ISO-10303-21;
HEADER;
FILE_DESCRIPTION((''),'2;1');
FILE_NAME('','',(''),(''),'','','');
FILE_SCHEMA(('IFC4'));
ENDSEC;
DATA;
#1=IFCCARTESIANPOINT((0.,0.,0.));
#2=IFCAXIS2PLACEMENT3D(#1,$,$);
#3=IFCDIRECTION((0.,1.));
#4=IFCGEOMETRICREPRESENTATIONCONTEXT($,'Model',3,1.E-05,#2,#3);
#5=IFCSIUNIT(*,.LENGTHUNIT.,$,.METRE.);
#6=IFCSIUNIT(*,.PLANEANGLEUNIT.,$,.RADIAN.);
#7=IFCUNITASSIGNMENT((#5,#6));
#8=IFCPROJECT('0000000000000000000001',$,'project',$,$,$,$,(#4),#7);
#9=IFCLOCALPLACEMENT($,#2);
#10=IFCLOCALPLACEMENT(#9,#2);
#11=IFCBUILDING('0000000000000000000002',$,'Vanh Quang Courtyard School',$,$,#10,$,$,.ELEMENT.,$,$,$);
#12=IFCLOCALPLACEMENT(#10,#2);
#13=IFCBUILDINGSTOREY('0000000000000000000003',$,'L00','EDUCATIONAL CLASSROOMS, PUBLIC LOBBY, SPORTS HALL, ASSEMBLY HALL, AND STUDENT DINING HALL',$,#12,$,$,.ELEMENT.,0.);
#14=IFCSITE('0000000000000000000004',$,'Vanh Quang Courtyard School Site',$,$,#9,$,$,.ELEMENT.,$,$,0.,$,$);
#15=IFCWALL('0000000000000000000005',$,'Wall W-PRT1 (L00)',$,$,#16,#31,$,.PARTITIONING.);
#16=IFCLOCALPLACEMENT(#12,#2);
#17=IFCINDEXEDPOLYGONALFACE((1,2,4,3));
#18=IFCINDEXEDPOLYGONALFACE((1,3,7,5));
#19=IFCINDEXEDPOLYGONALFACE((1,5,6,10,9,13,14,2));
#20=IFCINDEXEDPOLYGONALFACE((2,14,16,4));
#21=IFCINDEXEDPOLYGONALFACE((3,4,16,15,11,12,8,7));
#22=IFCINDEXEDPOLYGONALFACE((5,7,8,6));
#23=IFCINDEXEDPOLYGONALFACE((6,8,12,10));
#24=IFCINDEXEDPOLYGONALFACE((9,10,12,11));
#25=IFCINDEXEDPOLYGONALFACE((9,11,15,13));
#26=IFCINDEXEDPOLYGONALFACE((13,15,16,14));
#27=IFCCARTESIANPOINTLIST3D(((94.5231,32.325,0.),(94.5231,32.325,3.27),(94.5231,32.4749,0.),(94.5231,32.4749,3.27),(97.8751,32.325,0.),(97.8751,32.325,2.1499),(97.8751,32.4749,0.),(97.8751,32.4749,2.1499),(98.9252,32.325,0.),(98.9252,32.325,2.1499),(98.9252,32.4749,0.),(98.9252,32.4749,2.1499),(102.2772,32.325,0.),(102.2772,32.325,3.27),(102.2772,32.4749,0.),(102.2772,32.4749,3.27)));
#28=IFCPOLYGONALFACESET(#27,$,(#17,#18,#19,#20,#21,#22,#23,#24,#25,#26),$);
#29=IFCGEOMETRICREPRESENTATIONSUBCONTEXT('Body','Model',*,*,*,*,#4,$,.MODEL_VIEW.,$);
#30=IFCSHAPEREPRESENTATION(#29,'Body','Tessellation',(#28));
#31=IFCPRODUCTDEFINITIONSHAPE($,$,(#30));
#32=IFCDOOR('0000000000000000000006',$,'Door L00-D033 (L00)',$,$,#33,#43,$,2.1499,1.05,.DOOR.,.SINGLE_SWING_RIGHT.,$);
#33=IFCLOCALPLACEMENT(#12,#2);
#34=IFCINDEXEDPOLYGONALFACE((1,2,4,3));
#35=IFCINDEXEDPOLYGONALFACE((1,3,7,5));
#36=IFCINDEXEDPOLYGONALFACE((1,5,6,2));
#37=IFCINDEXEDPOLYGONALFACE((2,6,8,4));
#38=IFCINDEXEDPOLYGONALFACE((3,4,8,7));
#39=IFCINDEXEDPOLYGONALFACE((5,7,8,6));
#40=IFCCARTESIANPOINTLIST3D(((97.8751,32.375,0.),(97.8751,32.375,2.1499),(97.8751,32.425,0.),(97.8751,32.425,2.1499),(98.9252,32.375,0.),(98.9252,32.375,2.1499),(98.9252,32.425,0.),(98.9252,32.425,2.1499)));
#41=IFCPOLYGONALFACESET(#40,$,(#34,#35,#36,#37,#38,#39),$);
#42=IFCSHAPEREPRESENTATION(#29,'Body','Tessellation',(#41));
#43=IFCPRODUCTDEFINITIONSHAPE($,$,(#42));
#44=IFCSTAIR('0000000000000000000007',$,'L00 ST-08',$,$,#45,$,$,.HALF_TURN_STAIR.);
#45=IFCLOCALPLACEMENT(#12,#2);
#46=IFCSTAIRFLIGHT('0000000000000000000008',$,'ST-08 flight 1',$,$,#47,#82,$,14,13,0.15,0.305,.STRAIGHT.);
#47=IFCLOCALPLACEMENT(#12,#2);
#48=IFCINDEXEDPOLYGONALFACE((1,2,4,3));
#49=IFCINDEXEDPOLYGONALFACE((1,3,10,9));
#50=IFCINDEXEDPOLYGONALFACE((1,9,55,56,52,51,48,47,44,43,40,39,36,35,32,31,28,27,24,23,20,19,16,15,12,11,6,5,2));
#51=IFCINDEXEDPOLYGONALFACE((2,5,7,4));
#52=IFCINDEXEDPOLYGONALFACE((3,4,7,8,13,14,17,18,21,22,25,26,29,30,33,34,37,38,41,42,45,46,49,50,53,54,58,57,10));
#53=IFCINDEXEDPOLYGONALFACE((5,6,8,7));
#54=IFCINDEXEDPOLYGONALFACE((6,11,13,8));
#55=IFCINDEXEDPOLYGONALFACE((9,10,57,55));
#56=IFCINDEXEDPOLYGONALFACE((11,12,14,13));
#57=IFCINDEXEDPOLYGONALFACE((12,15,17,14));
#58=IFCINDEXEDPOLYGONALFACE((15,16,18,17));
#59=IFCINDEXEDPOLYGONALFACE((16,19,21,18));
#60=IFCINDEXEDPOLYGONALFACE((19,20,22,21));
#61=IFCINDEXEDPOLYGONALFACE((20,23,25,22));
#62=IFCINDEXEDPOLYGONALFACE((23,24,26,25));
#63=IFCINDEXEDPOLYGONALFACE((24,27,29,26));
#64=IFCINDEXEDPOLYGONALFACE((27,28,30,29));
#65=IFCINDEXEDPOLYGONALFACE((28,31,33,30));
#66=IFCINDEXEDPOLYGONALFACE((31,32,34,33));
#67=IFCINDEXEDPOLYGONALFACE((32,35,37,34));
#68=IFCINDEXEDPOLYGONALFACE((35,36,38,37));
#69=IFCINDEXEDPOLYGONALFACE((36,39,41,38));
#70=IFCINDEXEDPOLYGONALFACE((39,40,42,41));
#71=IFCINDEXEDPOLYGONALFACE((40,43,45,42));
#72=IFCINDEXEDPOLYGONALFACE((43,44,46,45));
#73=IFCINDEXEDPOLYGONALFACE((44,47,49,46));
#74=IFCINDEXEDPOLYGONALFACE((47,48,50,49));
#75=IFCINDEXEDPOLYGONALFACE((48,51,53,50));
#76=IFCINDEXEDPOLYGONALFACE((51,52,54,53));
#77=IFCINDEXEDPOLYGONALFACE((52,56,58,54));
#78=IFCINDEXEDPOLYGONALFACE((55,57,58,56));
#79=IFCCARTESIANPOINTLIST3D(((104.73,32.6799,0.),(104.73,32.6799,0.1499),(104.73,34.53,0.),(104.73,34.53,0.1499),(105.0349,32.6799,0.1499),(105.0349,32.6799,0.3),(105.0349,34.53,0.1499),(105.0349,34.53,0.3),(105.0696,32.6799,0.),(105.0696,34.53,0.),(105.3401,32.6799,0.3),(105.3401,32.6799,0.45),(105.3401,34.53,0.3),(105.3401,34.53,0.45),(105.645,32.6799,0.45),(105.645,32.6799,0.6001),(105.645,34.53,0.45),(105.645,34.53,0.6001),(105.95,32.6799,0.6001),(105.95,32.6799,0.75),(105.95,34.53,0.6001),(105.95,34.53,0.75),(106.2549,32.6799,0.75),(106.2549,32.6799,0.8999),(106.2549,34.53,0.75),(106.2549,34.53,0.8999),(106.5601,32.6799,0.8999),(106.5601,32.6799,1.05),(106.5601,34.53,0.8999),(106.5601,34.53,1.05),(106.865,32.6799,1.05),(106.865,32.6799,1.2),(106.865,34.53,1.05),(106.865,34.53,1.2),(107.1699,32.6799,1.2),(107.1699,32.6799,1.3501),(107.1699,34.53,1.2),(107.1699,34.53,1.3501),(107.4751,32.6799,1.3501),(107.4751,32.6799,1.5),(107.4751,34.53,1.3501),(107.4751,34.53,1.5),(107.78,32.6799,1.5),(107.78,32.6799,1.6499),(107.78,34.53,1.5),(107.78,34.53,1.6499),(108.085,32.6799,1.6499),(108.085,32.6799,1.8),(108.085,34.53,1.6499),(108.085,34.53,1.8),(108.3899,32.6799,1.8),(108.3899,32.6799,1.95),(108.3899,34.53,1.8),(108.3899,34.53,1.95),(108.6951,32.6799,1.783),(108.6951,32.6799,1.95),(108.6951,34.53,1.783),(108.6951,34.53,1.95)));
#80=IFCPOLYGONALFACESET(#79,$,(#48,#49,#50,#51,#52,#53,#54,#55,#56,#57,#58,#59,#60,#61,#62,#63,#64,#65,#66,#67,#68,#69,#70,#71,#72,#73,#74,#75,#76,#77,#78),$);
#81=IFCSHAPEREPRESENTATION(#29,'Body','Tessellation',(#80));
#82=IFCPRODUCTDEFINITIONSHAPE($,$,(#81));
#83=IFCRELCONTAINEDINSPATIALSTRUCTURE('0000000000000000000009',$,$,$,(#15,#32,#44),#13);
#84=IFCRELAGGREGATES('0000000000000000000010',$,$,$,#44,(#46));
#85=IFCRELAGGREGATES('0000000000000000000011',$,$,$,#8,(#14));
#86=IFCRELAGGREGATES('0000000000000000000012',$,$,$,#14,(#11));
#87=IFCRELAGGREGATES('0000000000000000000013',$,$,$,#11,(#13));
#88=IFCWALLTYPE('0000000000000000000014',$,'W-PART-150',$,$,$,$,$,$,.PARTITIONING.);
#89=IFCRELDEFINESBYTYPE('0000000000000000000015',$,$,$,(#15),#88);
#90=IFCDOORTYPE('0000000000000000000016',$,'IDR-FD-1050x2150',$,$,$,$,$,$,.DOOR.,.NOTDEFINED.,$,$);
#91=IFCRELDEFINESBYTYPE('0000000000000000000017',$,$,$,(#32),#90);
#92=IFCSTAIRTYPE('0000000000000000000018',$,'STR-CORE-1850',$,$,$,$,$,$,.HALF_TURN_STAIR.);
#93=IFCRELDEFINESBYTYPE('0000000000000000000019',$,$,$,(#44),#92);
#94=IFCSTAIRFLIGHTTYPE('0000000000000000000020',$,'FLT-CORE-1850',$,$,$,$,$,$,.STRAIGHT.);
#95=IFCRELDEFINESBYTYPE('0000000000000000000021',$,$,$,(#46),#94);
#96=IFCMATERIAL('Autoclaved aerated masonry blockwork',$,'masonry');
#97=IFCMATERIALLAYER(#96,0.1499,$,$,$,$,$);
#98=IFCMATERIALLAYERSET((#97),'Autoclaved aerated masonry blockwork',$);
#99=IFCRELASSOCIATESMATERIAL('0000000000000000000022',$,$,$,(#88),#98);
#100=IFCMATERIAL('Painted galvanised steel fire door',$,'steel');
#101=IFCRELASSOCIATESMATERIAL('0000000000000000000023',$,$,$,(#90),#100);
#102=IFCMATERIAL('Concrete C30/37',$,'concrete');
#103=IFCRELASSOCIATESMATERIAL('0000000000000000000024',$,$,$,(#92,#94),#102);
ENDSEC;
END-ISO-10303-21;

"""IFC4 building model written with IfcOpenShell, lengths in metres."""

from ifc_helpers import new_model, si_unit, direction, frame, frame_2d, origin, place, context, subcontext, project, spatial, polyline, rectangle, outline, extrude, material, layer, layer_set, type_object, element, fill, aggregate, save


model = new_model("IFC4")

# Units and contexts
model_context = context("Model", 3, precision=1e-05, world=origin(), true_north=direction((0.0, 1.0)))
body_context = subcontext(model_context, "Body", "Model", "MODEL_VIEW")
ifc_project = project(units=[si_unit("LENGTHUNIT", "METRE"), si_unit("PLANEANGLEUNIT", "RADIAN")], contexts=[model_context])

# Site, building, storey
site_placement = place(None, origin())
site = spatial("IfcSite", under=ifc_project, at=site_placement, Name="Vanh Quang Courtyard School Site", CompositionType="ELEMENT", RefElevation=0.0)
building_placement = place(site_placement, origin())
building = spatial("IfcBuilding", under=site, at=building_placement, Name="Vanh Quang Courtyard School", CompositionType="ELEMENT")
storey_placement = place(building_placement, origin())
storey = spatial("IfcBuildingStorey", under=building, at=storey_placement, Name="L00", Description="EDUCATIONAL CLASSROOMS, PUBLIC LOBBY, SPORTS HALL, ASSEMBLY HALL, AND STUDENT DINING HALL", CompositionType="ELEMENT", Elevation=0.0)

# Wall, opening, door
ifc_material_1 = material(Name="Autoclaved aerated masonry blockwork", Category="masonry")
ifc_layer_1 = layer(ifc_material_1, 0.1499)
ifc_layer_set_1 = layer_set([ifc_layer_1], Name="Autoclaved aerated masonry blockwork")
wall_type_1 = type_object("IfcWallType", Name="W-PART-150", PredefinedType="PARTITIONING", material=ifc_layer_set_1)
wall_1_placement = place(storey_placement, frame((102.2771, 32.3999, 0.0), z_axis=(0.0, 0.0, 1.0), x_axis=(-1.0, 0.0, 0.0)))
wall_1 = element("IfcWall", 1, at=wall_1_placement, inside=storey, type_object=wall_type_1, Name="Wall W-PRT1 (L00)", PredefinedType="PARTITIONING", context=body_context, shape_type="SweptSolid", body=[
    extrude(rectangle(XDim=7.7542, YDim=0.1499, at=frame_2d((3.877, 0.0))), origin(), (0.0, 0.0, 1.0), 3.27),
])
opening_placement = place(wall_1_placement, frame((3.3521, 0.0, 0.0)))
opening = element("IfcOpeningElement", 2, at=opening_placement, cuts=wall_1, PredefinedType="OPENING", context=body_context, shape_type="SweptSolid", body=[
    extrude(rectangle(XDim=1.05, YDim=2.1499, at=frame_2d((0.5249, 1.075))), frame((0.0, 0.085, 0.0), z_axis=(0.0, -1.0, 0.0), x_axis=(1.0, 0.0, 0.0)), (0.0, 0.0, 1.0), 0.1699),
])
ifc_material_2 = material(Name="Painted galvanised steel fire door", Category="steel")
door_type = type_object("IfcDoorType", Name="IDR-FD-1050x2150", OperationType="NOTDEFINED", PredefinedType="DOOR", material=ifc_material_2)
door_placement = place(opening_placement, origin())
door = element("IfcDoor", 3, at=door_placement, inside=storey, type_object=door_type, Name="Door L00-D033 (L00)", OperationType="SINGLE_SWING_RIGHT", OverallHeight=2.1499, OverallWidth=1.05, PredefinedType="DOOR", context=body_context, shape_type="SweptSolid", body=[
    extrude(rectangle(XDim=1.05, YDim=2.1499, at=frame_2d((0.5249, 1.075))), frame((0.0, 0.0249, 0.0), z_axis=(0.0, -1.0, 0.0), x_axis=(1.0, 0.0, 0.0)), (0.0, 0.0, 1.0), 0.05),
])
fill(opening, door)

# Stair, stair flight
ifc_material_3 = material(Name="Concrete C30/37", Category="concrete")
stair_type = type_object("IfcStairType", Name="STR-CORE-1850", PredefinedType="HALF_TURN_STAIR", material=ifc_material_3)
stair_placement = place(storey_placement, origin())
stair = element("IfcStair", 4, at=stair_placement, inside=storey, type_object=stair_type, Name="L00 ST-08", PredefinedType="HALF_TURN_STAIR")
stair_flight_type = type_object("IfcStairFlightType", Name="FLT-CORE-1850", PredefinedType="STRAIGHT", material=ifc_material_3)
stair_flight_placement = place(storey_placement, frame((104.73, 33.605, 0.0), z_axis=(0.0, 0.0, 1.0), x_axis=(1.0, 0.0, 0.0)))
stair_flight = element("IfcStairFlight", 5, at=stair_flight_placement, type_object=stair_flight_type, Name="ST-08 flight 1", NumberOfRisers=14, NumberOfTreads=13, PredefinedType="STRAIGHT", RiserHeight=0.15, TreadLength=0.305, context=body_context, shape_type="SweptSolid", body=[
    extrude(outline(polyline([(0.0, 0.0), (0.0, 0.1499), (0.3049, 0.1499), (0.3049, 0.3), (0.6101, 0.3), (0.6101, 0.45), (0.915, 0.45), (0.915, 0.6001), (1.22, 0.6001), (1.22, 0.75), (1.5249, 0.75), (1.5249, 0.8999), (1.8301, 0.8999), (1.8301, 1.05), (2.135, 1.05), (2.135, 1.2), (2.4399, 1.2), (2.4399, 1.3501), (2.7451, 1.3501), (2.7451, 1.5), (3.05, 1.5), (3.05, 1.6499), (3.355, 1.6499), (3.355, 1.8), (3.6599, 1.8), (3.6599, 1.95), (3.9651, 1.95), (3.9651, 2.1001), (3.9651, 1.783), (0.3396, 0.0), (0.0, 0.0)])), frame((0.0, 0.925, 0.0), z_axis=(0.0, -1.0, 0.0), x_axis=(1.0, 0.0, 0.0)), (0.0, 0.0, 1.0), 1.8501),
])
aggregate(stair, [stair_flight])

save(model, "model.ifc")
